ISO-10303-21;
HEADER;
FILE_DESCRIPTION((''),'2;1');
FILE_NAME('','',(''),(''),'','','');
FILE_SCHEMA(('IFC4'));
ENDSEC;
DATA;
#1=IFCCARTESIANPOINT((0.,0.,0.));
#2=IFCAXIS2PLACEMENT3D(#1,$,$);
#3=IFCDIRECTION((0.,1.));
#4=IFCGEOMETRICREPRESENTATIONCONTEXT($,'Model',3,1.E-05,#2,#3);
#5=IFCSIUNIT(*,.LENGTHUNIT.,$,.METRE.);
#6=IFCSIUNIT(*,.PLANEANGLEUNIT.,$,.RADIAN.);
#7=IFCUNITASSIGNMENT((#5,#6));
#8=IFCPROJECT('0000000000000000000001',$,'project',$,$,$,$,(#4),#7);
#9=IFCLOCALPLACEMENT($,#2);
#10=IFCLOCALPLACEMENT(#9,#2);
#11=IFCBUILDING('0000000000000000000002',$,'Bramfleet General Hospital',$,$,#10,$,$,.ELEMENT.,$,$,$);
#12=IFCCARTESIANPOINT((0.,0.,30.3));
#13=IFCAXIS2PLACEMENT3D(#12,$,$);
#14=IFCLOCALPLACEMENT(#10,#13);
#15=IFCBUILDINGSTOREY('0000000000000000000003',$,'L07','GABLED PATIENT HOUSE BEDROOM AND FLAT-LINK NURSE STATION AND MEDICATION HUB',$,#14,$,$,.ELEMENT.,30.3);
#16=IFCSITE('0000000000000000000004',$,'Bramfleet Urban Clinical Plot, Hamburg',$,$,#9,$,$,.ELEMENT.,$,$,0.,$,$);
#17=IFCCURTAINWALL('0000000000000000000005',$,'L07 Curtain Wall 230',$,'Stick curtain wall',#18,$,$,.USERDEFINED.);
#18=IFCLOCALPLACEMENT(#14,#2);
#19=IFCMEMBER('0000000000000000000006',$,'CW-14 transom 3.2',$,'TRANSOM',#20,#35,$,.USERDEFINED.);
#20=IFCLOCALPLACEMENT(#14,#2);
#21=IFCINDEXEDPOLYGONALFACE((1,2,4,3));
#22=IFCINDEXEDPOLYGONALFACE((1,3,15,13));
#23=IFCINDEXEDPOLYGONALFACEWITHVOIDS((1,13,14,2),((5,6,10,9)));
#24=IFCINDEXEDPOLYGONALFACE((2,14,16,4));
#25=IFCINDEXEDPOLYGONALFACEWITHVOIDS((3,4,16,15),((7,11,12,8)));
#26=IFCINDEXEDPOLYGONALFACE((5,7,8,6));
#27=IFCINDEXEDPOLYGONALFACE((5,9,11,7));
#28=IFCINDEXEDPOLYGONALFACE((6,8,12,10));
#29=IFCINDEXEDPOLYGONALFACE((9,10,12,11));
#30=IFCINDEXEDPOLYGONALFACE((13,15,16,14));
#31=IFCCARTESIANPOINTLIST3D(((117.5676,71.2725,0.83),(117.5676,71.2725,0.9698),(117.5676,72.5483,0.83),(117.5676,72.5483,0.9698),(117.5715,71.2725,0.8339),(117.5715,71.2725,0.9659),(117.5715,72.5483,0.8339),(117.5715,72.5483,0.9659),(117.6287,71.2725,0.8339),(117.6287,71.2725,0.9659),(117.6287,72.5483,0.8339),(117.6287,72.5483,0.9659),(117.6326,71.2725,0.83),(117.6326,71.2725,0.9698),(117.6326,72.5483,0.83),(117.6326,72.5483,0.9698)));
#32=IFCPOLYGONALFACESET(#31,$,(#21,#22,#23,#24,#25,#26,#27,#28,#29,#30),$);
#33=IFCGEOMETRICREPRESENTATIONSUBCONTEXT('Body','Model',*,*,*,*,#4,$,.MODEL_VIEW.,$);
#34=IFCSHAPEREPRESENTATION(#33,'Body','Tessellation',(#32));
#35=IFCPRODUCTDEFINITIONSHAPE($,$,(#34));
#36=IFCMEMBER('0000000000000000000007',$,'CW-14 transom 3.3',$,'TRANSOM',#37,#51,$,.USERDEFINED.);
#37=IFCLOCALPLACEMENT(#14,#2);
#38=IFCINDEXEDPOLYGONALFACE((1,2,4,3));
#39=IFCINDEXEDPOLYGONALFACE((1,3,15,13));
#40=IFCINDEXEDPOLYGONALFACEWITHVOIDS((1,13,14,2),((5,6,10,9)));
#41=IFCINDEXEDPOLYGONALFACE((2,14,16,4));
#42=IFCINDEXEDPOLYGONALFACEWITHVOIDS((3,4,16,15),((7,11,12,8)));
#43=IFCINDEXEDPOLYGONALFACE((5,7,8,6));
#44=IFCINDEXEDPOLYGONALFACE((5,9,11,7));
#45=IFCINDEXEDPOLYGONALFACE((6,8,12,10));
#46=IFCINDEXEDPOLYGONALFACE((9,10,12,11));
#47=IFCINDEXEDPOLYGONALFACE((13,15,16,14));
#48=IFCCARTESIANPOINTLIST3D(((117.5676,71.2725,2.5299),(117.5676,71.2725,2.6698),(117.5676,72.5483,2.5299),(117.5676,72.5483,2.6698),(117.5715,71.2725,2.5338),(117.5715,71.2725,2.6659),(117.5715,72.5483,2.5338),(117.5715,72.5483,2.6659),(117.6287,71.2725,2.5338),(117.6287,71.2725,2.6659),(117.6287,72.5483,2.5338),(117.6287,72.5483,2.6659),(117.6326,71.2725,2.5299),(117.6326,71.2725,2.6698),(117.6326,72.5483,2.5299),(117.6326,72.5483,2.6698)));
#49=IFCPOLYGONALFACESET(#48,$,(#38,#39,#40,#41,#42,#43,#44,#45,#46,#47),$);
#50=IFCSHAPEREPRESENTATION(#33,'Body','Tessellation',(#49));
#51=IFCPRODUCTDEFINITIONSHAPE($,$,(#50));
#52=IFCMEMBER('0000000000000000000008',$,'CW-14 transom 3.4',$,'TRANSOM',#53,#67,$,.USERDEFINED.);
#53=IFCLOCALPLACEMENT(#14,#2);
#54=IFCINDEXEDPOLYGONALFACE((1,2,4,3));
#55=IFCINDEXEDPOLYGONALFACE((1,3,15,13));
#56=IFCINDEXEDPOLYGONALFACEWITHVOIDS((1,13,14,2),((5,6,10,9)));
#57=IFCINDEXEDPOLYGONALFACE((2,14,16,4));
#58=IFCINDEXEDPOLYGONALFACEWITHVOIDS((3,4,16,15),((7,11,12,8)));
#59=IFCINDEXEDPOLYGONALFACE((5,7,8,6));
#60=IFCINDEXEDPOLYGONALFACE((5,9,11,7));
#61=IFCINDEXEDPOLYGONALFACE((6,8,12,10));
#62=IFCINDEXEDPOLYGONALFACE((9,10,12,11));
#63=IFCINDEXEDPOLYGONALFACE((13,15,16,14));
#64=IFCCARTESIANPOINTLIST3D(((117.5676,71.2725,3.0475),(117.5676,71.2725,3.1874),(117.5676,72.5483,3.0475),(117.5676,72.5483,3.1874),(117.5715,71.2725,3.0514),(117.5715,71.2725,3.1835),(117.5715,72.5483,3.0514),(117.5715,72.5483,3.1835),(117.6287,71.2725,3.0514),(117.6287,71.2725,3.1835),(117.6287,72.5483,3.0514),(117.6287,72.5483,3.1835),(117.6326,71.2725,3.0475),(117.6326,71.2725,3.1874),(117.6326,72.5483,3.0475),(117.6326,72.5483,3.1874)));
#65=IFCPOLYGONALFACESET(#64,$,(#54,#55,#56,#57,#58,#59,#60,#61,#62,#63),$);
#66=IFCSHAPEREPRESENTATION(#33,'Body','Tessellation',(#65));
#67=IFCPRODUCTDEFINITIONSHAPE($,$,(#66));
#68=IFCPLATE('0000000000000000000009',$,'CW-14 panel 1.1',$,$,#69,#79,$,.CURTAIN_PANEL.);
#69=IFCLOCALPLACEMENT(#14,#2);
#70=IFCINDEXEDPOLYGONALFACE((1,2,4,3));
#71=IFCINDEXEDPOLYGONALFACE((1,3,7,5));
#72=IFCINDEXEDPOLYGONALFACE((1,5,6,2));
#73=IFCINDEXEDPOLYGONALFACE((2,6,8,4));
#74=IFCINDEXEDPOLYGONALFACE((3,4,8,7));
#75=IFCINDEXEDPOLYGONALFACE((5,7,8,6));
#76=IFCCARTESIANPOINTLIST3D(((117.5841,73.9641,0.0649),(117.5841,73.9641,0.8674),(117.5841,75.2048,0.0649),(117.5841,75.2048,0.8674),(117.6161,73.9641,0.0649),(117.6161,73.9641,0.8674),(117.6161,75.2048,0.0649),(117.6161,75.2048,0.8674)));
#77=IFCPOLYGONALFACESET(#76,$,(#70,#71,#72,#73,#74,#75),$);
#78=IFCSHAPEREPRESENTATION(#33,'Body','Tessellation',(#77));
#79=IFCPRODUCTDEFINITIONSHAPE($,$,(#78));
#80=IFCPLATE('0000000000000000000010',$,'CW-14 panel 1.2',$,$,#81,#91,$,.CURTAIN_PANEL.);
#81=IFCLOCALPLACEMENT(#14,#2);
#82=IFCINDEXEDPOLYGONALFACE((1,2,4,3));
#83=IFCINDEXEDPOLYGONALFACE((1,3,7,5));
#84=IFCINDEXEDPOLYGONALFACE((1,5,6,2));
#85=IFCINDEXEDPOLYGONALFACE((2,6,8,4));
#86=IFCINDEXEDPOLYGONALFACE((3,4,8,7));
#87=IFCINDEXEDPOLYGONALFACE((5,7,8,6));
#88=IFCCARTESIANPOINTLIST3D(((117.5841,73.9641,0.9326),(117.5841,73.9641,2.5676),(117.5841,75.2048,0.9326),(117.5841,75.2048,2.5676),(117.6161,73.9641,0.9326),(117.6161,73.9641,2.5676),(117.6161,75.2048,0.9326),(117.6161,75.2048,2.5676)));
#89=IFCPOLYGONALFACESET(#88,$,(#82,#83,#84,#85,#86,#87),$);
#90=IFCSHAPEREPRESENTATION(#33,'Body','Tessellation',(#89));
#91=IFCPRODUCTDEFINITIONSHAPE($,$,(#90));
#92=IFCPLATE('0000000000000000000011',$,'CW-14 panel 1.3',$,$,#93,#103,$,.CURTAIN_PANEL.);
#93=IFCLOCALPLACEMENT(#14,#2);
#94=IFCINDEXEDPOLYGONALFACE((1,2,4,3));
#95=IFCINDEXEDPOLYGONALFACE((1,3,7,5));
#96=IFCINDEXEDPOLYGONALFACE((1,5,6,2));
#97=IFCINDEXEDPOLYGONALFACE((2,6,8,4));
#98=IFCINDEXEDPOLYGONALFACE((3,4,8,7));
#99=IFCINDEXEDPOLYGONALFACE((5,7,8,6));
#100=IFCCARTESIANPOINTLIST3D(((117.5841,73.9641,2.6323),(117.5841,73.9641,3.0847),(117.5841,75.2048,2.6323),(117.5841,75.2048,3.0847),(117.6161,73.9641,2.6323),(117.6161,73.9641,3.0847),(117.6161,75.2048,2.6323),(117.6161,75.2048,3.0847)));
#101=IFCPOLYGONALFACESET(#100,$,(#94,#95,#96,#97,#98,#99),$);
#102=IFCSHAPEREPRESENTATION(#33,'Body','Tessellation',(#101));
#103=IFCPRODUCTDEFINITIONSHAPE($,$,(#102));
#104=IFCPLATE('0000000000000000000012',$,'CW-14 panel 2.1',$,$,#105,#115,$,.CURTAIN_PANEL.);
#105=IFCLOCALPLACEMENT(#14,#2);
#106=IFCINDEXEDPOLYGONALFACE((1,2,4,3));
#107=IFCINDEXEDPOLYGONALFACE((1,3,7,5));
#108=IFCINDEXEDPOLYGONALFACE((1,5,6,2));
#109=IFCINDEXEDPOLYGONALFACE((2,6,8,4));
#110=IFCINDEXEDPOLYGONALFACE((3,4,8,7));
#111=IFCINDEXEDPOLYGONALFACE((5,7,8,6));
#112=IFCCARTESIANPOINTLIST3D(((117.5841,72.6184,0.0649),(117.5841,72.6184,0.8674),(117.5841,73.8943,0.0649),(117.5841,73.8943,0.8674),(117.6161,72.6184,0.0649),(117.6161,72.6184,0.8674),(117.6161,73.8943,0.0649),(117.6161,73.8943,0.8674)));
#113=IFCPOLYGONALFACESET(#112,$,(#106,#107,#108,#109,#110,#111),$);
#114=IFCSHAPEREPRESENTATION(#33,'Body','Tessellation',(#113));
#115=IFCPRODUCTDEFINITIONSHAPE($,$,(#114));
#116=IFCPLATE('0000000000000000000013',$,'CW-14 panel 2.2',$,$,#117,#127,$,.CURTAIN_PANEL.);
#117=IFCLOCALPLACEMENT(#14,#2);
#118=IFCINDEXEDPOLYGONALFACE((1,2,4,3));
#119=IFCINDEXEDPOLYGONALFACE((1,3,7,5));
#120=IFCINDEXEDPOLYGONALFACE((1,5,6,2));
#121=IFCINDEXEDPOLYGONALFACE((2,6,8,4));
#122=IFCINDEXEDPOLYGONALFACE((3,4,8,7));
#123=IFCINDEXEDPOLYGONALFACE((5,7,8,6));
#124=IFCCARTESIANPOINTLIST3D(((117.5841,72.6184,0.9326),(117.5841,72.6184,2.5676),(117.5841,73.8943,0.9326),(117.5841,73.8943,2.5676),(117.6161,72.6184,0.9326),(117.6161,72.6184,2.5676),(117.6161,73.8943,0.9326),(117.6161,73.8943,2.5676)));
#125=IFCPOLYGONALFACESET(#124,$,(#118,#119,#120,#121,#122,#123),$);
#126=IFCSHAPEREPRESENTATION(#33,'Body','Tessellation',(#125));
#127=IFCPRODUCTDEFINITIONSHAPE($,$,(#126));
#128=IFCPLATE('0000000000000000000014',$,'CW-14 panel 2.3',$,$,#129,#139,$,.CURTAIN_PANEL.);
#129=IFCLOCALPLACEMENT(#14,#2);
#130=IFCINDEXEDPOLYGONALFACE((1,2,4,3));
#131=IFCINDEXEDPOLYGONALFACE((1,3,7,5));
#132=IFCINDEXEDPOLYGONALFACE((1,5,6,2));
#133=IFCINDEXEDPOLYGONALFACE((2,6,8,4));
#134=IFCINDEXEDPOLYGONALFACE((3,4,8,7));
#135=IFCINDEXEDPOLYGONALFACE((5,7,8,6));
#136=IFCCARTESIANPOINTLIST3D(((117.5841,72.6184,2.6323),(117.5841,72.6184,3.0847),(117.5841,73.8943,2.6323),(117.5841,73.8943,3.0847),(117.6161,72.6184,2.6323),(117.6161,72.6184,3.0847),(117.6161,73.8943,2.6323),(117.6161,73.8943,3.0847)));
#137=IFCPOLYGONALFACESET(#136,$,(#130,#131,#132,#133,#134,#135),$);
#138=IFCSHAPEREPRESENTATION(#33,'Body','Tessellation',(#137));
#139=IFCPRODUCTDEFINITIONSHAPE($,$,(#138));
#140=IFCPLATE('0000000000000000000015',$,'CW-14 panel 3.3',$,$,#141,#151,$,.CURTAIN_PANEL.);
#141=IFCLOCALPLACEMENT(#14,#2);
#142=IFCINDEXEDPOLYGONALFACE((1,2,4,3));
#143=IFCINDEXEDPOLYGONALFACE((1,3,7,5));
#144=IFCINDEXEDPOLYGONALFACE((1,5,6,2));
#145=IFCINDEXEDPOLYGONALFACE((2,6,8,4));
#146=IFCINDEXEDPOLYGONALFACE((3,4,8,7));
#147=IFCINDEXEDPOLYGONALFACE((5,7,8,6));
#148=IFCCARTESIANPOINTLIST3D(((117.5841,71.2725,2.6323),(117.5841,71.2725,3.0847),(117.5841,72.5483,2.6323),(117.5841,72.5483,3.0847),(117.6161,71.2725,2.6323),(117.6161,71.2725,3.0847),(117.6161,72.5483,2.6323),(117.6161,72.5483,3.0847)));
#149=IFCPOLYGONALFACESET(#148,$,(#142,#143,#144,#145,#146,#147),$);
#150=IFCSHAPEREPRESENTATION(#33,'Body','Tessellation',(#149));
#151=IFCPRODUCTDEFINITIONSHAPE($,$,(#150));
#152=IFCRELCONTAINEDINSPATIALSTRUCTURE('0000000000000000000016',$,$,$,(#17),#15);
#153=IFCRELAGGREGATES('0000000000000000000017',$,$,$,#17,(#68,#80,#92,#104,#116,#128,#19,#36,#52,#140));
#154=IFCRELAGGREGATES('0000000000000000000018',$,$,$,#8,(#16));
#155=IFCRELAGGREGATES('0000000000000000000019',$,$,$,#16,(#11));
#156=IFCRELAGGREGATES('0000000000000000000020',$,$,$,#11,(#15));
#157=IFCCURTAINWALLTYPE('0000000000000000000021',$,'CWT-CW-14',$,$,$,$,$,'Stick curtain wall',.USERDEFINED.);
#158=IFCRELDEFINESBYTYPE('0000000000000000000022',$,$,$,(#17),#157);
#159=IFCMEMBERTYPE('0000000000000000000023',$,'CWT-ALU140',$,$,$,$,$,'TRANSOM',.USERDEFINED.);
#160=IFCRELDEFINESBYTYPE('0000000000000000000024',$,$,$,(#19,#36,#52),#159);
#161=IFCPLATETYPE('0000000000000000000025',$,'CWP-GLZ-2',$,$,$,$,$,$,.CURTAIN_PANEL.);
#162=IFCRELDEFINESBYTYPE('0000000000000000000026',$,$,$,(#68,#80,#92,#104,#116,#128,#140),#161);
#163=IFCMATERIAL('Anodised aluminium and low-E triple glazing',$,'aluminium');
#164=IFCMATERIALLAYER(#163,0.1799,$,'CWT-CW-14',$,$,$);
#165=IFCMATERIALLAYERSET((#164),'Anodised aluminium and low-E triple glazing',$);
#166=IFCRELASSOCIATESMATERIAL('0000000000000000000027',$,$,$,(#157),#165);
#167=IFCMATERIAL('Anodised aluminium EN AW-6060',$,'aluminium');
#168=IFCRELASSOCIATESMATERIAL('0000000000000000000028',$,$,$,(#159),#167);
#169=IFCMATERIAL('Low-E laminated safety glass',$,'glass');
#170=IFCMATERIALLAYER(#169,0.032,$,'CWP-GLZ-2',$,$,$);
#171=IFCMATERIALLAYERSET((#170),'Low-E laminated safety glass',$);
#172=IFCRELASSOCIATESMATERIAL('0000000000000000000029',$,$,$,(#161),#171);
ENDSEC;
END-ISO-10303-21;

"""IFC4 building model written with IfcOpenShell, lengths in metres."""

from ifc_helpers import new_model, si_unit, direction, frame, origin, origin_2d, place, context, subcontext, project, spatial, rectangle, hollow_rectangle, extrude, material, layer, layer_set, material_profile, profile_set, type_object, element, aggregate, save


model = new_model("IFC4")

# Units and contexts
model_context = context("Model", 3, precision=1e-05, world=origin(), true_north=direction((0.0, 1.0)))
body_context = subcontext(model_context, "Body", "Model", "MODEL_VIEW")
ifc_project = project(units=[si_unit("LENGTHUNIT", "METRE"), si_unit("PLANEANGLEUNIT", "RADIAN")], contexts=[model_context])

# Site, building, storey
site_placement = place(None, origin())
site = spatial("IfcSite", under=ifc_project, at=site_placement, Name="Bramfleet Urban Clinical Plot, Hamburg", CompositionType="ELEMENT", RefElevation=0.0)
building_placement = place(site_placement, origin())
building = spatial("IfcBuilding", under=site, at=building_placement, Name="Bramfleet General Hospital", CompositionType="ELEMENT")
storey_placement = place(building_placement, frame((0.0, 0.0, 30.3)))
storey = spatial("IfcBuildingStorey", under=building, at=storey_placement, Name="L07", Description="GABLED PATIENT HOUSE BEDROOM AND FLAT-LINK NURSE STATION AND MEDICATION HUB", CompositionType="ELEMENT", Elevation=30.3)

# Curtain wall, members, plates
ifc_material_1 = material(Name="Anodised aluminium and low-E triple glazing", Category="aluminium")
ifc_layer_1 = layer(ifc_material_1, 0.1799, Name="CWT-CW-14")
ifc_layer_set_1 = layer_set([ifc_layer_1], Name="Anodised aluminium and low-E triple glazing")
curtain_wall_type = type_object("IfcCurtainWallType", Name="CWT-CW-14", ElementType="Stick curtain wall", PredefinedType="USERDEFINED", material=ifc_layer_set_1)
curtain_wall_placement = place(storey_placement, origin())
curtain_wall = element("IfcCurtainWall", 1, at=curtain_wall_placement, inside=storey, type_object=curtain_wall_type, Name="L07 Curtain Wall 230", ObjectType="Stick curtain wall", PredefinedType="USERDEFINED")
ifc_material_2 = material(Name="Anodised aluminium EN AW-6060", Category="aluminium")
ifc_material_profile_1 = material_profile(ifc_material_2, hollow_rectangle(XDim=0.0649, YDim=0.1399, WallThickness=0.0039, at=origin_2d()), Name="ALU 140x65x4.0")
ifc_profile_set_1 = profile_set([ifc_material_profile_1], Name="Anodised aluminium EN AW-6060")
member_type_1 = type_object("IfcMemberType", Name="CWT-ALU140", ElementType="TRANSOM", PredefinedType="USERDEFINED", material=ifc_profile_set_1)
member_1_placement = place(storey_placement, frame((117.6001, 72.5483, 0.8999), z_axis=(0.0, -1.0, 0.0), x_axis=(1.0, 0.0, 0.0)))
member_1 = element("IfcMember", 2, at=member_1_placement, type_object=member_type_1, Name="CW-14 transom 3.2", ObjectType="TRANSOM", PredefinedType="USERDEFINED", context=body_context, shape_type="SweptSolid", body=[
    extrude(hollow_rectangle(XDim=0.0649, YDim=0.1399, WallThickness=0.0039, at=origin_2d()), origin(), (0.0, 0.0, 1.0), 1.2759),
])
member_2_placement = place(storey_placement, frame((117.6001, 72.5483, 2.5999), z_axis=(0.0, -1.0, 0.0), x_axis=(1.0, 0.0, 0.0)))
member_2 = element("IfcMember", 3, at=member_2_placement, type_object=member_type_1, Name="CW-14 transom 3.3", ObjectType="TRANSOM", PredefinedType="USERDEFINED", context=body_context, shape_type="SweptSolid", body=[
    extrude(hollow_rectangle(XDim=0.0649, YDim=0.1399, WallThickness=0.0039, at=origin_2d()), origin(), (0.0, 0.0, 1.0), 1.2759),
])
member_3_placement = place(storey_placement, frame((117.6001, 72.5483, 3.1174), z_axis=(0.0, -1.0, 0.0), x_axis=(1.0, 0.0, 0.0)))
member_3 = element("IfcMember", 4, at=member_3_placement, type_object=member_type_1, Name="CW-14 transom 3.4", ObjectType="TRANSOM", PredefinedType="USERDEFINED", context=body_context, shape_type="SweptSolid", body=[
    extrude(hollow_rectangle(XDim=0.0649, YDim=0.1399, WallThickness=0.0039, at=origin_2d()), origin(), (0.0, 0.0, 1.0), 1.2759),
])
ifc_material_3 = material(Name="Low-E laminated safety glass", Category="glass")
ifc_layer_2 = layer(ifc_material_3, 0.032, Name="CWP-GLZ-2")
ifc_layer_set_2 = layer_set([ifc_layer_2], Name="Low-E laminated safety glass")
plate_type = type_object("IfcPlateType", Name="CWP-GLZ-2", PredefinedType="CURTAIN_PANEL", material=ifc_layer_set_2)
plate_1_placement = place(storey_placement, frame((117.6001, 74.5845, 0.0649), z_axis=(0.0, 0.0, 1.0), x_axis=(0.0, -1.0, 0.0)))
plate_1 = element("IfcPlate", 5, at=plate_1_placement, type_object=plate_type, Name="CW-14 panel 1.1", PredefinedType="CURTAIN_PANEL", context=body_context, shape_type="SweptSolid", body=[
    extrude(rectangle(XDim=1.2407, YDim=0.032, at=origin_2d()), origin(), (0.0, 0.0, 1.0), 0.8025),
])
plate_2_placement = place(storey_placement, frame((117.6001, 74.5845, 0.9326), z_axis=(0.0, 0.0, 1.0), x_axis=(0.0, -1.0, 0.0)))
plate_2 = element("IfcPlate", 6, at=plate_2_placement, type_object=plate_type, Name="CW-14 panel 1.2", PredefinedType="CURTAIN_PANEL", context=body_context, shape_type="SweptSolid", body=[
    extrude(rectangle(XDim=1.2407, YDim=0.032, at=origin_2d()), origin(), (0.0, 0.0, 1.0), 1.635),
])
plate_3_placement = place(storey_placement, frame((117.6001, 74.5845, 2.6323), z_axis=(0.0, 0.0, 1.0), x_axis=(0.0, -1.0, 0.0)))
plate_3 = element("IfcPlate", 7, at=plate_3_placement, type_object=plate_type, Name="CW-14 panel 1.3", PredefinedType="CURTAIN_PANEL", context=body_context, shape_type="SweptSolid", body=[
    extrude(rectangle(XDim=1.2407, YDim=0.032, at=origin_2d()), origin(), (0.0, 0.0, 1.0), 0.4524),
])
plate_4_placement = place(storey_placement, frame((117.6001, 73.2563, 0.0649), z_axis=(0.0, 0.0, 1.0), x_axis=(0.0, -1.0, 0.0)))
plate_4 = element("IfcPlate", 8, at=plate_4_placement, type_object=plate_type, Name="CW-14 panel 2.1", PredefinedType="CURTAIN_PANEL", context=body_context, shape_type="SweptSolid", body=[
    extrude(rectangle(XDim=1.2759, YDim=0.032, at=origin_2d()), origin(), (0.0, 0.0, 1.0), 0.8025),
])
plate_5_placement = place(storey_placement, frame((117.6001, 73.2563, 0.9326), z_axis=(0.0, 0.0, 1.0), x_axis=(0.0, -1.0, 0.0)))
plate_5 = element("IfcPlate", 9, at=plate_5_placement, type_object=plate_type, Name="CW-14 panel 2.2", PredefinedType="CURTAIN_PANEL", context=body_context, shape_type="SweptSolid", body=[
    extrude(rectangle(XDim=1.2759, YDim=0.032, at=origin_2d()), origin(), (0.0, 0.0, 1.0), 1.635),
])
plate_6_placement = place(storey_placement, frame((117.6001, 73.2563, 2.6323), z_axis=(0.0, 0.0, 1.0), x_axis=(0.0, -1.0, 0.0)))
plate_6 = element("IfcPlate", 10, at=plate_6_placement, type_object=plate_type, Name="CW-14 panel 2.3", PredefinedType="CURTAIN_PANEL", context=body_context, shape_type="SweptSolid", body=[
    extrude(rectangle(XDim=1.2759, YDim=0.032, at=origin_2d()), origin(), (0.0, 0.0, 1.0), 0.4524),
])
plate_7_placement = place(storey_placement, frame((117.6001, 71.9104, 2.6323), z_axis=(0.0, 0.0, 1.0), x_axis=(0.0, -1.0, 0.0)))
plate_7 = element("IfcPlate", 11, at=plate_7_placement, type_object=plate_type, Name="CW-14 panel 3.3", PredefinedType="CURTAIN_PANEL", context=body_context, shape_type="SweptSolid", body=[
    extrude(rectangle(XDim=1.2759, YDim=0.032, at=origin_2d()), origin(), (0.0, 0.0, 1.0), 0.4524),
])
aggregate(curtain_wall, [plate_1, plate_2, plate_3, plate_4, plate_5, plate_6, member_1, member_2, member_3, plate_7])

save(model, "model.ifc")
